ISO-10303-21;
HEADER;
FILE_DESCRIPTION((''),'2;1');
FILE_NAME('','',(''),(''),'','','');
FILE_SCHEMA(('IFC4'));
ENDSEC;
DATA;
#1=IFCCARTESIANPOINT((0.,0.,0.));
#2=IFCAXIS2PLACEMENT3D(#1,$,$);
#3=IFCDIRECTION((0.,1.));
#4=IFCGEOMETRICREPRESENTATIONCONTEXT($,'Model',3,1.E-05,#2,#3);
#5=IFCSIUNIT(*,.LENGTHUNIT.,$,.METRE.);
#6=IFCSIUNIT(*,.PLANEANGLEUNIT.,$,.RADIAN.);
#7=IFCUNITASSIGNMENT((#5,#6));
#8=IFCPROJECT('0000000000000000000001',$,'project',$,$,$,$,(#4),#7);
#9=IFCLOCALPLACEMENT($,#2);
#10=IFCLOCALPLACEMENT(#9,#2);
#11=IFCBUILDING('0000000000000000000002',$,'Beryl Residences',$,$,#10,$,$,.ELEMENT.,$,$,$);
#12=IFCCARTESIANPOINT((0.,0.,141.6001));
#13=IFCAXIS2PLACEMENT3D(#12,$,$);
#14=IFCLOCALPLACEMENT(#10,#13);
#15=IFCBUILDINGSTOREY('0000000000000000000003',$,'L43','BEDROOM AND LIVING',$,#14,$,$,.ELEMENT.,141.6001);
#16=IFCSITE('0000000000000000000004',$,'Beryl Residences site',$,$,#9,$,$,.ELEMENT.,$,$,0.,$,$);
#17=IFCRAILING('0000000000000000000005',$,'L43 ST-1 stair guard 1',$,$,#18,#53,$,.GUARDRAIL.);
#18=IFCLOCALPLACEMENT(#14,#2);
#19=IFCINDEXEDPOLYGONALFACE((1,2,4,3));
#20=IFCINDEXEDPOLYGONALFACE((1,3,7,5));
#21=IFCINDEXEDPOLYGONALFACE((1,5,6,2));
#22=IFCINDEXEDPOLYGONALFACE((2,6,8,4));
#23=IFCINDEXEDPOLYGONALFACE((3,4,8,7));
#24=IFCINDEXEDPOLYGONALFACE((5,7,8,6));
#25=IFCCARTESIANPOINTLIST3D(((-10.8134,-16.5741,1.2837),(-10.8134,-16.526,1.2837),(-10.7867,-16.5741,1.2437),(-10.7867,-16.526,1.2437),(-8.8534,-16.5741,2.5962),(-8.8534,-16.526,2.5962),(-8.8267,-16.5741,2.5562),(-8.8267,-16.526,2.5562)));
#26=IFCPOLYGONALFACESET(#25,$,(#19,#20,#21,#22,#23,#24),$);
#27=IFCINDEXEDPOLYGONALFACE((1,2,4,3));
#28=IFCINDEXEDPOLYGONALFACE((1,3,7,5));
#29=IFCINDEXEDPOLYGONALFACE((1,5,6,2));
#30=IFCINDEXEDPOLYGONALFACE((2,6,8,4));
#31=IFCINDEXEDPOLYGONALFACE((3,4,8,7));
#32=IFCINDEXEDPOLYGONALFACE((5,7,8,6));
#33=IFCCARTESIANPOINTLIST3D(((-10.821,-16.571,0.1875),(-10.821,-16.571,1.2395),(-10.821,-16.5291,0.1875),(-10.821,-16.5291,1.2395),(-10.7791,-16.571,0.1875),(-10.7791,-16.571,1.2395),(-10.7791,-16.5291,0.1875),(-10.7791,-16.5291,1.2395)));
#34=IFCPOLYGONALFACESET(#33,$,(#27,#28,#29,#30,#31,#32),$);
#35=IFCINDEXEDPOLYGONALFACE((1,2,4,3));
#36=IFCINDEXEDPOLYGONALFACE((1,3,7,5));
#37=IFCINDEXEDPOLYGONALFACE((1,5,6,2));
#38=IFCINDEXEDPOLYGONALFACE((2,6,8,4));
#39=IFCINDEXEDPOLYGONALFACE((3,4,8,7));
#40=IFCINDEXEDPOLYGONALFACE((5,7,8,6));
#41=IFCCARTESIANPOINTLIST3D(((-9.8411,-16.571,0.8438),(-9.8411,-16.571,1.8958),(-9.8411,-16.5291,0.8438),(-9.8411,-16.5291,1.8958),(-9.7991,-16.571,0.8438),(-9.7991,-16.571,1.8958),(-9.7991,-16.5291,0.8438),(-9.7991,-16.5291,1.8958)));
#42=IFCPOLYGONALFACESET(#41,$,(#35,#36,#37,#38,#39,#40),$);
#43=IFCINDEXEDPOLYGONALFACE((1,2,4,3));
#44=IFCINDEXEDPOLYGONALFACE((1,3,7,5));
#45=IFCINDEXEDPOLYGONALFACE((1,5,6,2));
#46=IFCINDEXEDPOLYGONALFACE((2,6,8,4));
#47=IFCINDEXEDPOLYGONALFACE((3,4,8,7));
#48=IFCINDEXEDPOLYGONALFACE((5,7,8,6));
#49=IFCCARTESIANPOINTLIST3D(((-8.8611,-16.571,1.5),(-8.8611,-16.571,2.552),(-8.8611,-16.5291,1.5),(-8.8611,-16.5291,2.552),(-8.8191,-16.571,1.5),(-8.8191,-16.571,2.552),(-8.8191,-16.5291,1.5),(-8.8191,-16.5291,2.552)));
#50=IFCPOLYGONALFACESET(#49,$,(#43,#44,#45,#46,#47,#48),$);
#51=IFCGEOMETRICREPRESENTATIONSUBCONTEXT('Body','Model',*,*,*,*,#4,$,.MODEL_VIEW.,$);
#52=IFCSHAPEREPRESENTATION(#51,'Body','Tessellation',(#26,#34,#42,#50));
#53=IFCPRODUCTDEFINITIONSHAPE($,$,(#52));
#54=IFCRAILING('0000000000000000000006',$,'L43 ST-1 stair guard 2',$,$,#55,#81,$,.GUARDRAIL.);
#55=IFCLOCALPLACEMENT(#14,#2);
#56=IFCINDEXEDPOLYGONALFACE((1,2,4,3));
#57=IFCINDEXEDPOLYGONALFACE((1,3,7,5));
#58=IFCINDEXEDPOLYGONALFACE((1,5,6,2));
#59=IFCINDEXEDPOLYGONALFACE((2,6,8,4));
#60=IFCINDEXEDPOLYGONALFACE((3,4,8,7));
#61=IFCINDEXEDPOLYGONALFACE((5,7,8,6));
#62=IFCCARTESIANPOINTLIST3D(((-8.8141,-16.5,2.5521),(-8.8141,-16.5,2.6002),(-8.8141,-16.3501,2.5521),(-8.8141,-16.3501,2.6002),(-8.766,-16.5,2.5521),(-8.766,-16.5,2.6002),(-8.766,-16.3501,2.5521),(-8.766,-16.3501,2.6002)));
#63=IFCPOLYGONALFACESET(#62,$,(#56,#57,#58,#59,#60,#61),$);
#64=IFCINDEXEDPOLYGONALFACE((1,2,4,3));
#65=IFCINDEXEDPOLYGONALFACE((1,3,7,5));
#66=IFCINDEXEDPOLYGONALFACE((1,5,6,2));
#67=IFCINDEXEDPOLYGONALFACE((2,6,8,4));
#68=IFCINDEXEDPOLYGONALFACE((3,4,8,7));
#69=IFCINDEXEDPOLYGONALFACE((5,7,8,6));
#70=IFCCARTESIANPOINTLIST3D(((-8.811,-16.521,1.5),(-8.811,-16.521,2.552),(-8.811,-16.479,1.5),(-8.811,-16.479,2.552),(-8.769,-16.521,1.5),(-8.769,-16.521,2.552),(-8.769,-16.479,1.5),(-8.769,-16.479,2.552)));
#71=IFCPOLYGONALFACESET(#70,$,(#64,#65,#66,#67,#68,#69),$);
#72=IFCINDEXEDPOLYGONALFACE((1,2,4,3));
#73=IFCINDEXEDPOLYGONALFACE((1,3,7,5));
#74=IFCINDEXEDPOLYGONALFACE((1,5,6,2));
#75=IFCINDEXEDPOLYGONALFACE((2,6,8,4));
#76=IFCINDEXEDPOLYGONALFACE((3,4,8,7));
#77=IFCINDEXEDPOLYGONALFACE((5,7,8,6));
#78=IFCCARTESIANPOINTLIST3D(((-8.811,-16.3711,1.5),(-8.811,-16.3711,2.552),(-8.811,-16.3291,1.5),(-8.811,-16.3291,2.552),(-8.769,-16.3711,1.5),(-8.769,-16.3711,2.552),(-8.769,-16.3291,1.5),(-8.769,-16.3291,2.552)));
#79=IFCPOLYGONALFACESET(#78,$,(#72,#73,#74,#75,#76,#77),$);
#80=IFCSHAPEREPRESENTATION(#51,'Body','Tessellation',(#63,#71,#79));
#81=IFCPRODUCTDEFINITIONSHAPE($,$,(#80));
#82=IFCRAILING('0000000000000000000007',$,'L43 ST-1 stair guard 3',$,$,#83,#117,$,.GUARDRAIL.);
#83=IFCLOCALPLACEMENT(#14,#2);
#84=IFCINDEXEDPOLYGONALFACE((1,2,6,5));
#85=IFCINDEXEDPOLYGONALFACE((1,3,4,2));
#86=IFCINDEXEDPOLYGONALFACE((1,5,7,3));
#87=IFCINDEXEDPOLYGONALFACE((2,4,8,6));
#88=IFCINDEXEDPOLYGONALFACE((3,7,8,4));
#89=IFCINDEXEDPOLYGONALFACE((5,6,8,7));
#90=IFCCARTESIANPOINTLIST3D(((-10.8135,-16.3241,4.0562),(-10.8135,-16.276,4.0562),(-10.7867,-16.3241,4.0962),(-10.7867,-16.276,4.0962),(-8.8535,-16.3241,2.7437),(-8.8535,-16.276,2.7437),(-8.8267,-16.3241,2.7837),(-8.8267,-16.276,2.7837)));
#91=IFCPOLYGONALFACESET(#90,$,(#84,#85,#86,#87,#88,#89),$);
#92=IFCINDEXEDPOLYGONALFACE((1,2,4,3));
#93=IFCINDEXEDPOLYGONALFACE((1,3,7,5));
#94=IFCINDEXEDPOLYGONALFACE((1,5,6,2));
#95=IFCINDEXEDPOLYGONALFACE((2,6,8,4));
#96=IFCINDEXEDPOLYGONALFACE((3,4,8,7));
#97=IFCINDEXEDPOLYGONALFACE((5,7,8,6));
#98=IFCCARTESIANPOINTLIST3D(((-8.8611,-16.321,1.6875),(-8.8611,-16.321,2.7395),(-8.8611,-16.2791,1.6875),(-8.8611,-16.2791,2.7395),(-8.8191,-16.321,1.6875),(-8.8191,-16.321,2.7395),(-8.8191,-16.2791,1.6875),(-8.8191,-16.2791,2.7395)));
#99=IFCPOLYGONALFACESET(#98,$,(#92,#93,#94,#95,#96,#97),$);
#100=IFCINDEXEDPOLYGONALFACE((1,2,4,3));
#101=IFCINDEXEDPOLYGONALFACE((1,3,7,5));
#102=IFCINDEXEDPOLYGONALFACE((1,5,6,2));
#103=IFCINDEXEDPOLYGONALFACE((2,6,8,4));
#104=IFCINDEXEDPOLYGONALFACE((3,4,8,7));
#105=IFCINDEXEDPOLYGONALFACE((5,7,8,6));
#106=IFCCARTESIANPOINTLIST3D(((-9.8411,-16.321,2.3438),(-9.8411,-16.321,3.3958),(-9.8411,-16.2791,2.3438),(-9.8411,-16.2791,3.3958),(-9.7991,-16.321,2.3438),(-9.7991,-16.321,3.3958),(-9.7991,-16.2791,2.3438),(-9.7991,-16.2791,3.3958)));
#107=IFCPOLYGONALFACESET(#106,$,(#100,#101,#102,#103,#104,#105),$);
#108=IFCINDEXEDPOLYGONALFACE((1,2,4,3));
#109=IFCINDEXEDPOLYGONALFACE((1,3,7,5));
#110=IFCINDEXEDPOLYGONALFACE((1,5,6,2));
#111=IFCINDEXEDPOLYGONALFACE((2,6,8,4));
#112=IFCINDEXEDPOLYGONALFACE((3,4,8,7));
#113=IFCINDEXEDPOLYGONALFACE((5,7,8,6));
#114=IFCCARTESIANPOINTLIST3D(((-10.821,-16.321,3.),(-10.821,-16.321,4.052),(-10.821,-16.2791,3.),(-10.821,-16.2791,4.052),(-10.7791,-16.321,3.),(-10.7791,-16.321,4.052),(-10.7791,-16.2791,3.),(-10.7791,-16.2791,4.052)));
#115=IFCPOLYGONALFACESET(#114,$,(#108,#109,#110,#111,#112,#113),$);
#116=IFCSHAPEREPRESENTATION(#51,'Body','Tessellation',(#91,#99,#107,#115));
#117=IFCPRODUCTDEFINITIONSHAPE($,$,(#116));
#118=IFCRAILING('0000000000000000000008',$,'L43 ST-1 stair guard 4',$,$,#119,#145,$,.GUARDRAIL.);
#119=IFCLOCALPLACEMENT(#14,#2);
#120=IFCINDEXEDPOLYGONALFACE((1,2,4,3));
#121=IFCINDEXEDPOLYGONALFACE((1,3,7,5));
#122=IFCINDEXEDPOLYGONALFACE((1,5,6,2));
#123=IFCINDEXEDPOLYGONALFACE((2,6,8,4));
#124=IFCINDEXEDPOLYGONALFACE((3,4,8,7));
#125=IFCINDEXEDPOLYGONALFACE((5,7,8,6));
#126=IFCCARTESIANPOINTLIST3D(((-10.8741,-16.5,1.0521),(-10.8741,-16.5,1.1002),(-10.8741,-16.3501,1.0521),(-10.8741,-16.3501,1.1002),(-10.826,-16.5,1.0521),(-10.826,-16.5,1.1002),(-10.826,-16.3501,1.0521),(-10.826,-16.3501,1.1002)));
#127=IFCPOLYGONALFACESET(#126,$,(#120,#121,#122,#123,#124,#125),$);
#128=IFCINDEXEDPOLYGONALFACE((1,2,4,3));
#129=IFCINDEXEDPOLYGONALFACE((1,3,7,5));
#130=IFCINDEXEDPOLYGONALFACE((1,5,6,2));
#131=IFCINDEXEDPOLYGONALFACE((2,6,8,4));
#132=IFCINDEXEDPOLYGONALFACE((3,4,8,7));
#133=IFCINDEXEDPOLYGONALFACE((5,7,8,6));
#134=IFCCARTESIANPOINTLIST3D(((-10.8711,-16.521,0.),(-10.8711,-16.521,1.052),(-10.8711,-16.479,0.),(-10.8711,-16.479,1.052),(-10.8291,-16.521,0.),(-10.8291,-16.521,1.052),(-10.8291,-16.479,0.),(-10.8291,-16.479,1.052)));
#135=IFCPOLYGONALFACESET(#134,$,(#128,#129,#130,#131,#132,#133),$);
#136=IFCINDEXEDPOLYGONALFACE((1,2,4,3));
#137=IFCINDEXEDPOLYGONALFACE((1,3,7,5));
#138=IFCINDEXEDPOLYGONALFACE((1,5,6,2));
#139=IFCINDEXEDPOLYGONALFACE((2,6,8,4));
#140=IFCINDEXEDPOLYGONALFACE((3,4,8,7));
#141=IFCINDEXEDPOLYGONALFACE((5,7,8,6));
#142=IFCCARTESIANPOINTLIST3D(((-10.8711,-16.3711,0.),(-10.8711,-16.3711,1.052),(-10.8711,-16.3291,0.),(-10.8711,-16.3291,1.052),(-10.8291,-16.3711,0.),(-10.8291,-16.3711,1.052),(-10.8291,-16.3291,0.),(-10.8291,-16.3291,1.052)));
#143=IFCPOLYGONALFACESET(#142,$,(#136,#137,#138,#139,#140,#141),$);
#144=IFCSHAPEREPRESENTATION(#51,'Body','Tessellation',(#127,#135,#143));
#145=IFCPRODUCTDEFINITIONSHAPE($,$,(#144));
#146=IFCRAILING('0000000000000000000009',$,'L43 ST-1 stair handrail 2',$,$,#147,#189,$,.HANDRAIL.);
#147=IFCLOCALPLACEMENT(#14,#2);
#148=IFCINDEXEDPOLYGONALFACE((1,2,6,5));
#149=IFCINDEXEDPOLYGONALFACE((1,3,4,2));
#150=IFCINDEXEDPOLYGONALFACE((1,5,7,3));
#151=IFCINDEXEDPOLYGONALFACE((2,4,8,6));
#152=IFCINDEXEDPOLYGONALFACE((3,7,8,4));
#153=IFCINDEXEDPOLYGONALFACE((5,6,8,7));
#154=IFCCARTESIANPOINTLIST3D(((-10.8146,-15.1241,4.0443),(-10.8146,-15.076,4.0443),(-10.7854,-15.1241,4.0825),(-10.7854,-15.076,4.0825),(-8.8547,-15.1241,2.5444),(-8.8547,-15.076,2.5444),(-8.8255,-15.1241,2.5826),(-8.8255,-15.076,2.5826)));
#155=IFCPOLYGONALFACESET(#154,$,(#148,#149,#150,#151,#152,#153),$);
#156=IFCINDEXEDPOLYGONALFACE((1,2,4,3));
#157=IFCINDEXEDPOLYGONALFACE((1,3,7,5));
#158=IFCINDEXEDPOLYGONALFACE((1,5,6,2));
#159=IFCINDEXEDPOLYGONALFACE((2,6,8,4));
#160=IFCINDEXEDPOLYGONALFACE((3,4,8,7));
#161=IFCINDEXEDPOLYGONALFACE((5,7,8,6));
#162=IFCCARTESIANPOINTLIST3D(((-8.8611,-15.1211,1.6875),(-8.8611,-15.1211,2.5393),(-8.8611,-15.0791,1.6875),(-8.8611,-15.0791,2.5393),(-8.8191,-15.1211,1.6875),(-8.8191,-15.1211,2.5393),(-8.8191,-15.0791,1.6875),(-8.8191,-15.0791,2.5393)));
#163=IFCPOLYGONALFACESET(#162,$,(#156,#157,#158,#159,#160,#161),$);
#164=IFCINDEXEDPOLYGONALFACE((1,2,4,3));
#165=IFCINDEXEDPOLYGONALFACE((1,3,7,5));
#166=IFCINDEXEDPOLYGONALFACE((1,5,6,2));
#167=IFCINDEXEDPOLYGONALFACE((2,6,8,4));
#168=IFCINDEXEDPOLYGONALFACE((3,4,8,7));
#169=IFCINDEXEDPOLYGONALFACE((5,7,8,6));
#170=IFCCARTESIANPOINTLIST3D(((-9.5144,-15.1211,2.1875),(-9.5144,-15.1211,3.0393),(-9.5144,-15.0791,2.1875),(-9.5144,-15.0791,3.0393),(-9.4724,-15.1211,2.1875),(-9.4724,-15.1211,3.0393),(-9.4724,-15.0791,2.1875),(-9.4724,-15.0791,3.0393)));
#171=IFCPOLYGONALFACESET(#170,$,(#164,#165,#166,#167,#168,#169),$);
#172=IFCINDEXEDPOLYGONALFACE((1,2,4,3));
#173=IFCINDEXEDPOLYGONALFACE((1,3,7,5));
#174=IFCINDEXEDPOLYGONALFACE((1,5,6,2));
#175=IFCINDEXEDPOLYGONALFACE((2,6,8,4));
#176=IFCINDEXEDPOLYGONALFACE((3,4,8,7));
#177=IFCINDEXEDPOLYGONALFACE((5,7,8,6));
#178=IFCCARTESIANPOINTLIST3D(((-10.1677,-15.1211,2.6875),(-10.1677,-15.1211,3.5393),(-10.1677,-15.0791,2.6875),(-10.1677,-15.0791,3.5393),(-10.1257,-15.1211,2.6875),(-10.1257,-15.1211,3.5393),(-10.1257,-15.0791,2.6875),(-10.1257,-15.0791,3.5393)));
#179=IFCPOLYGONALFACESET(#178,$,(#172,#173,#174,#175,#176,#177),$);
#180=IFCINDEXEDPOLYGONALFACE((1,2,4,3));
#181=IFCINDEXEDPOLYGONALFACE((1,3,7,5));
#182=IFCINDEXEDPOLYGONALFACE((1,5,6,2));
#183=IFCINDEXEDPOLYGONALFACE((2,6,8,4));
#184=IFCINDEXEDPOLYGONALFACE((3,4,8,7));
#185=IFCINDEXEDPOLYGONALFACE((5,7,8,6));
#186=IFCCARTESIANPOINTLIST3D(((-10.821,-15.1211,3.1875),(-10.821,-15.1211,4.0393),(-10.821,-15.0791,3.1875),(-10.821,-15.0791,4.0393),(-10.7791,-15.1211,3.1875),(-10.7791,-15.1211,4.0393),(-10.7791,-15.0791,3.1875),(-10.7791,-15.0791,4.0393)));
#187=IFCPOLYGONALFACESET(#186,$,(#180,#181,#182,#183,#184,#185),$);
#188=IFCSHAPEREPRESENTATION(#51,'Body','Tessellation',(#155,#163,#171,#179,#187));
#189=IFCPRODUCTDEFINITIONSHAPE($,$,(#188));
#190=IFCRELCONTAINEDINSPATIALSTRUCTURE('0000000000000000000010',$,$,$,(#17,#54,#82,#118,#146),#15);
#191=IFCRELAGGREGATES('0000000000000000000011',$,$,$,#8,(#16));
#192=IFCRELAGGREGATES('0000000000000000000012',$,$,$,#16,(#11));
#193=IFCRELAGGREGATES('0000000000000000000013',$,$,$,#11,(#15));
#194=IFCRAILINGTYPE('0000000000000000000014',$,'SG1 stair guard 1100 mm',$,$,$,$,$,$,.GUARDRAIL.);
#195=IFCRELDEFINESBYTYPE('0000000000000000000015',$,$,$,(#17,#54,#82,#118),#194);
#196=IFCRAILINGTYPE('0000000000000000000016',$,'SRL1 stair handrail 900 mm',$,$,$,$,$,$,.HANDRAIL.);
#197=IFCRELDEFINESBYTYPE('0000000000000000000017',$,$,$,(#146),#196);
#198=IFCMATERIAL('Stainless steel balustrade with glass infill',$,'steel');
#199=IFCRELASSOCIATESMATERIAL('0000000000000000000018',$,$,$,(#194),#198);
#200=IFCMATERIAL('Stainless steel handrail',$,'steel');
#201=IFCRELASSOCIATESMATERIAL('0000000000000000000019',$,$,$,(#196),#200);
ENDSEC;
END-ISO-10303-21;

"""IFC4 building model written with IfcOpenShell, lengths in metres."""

from ifc_helpers import new_model, si_unit, direction, frame, origin, origin_2d, place, context, subcontext, project, spatial, rectangle, extrude, material, type_object, element, save


model = new_model("IFC4")

# Units and contexts
model_context = context("Model", 3, precision=1e-05, world=origin(), true_north=direction((0.0, 1.0)))
body_context = subcontext(model_context, "Body", "Model", "MODEL_VIEW")
ifc_project = project(units=[si_unit("LENGTHUNIT", "METRE"), si_unit("PLANEANGLEUNIT", "RADIAN")], contexts=[model_context])

# Site, building, storey
site_placement = place(None, origin())
site = spatial("IfcSite", under=ifc_project, at=site_placement, Name="Beryl Residences site", CompositionType="ELEMENT", RefElevation=0.0)
building_placement = place(site_placement, origin())
building = spatial("IfcBuilding", under=site, at=building_placement, Name="Beryl Residences", CompositionType="ELEMENT")
storey_placement = place(building_placement, frame((0.0, 0.0, 141.6001)))
storey = spatial("IfcBuildingStorey", under=building, at=storey_placement, Name="L43", Description="BEDROOM AND LIVING", CompositionType="ELEMENT", Elevation=141.6001)

# Railings
ifc_material_1 = material(Name="Stainless steel balustrade with glass infill", Category="steel")
railing_type_1 = type_object("IfcRailingType", Name="SG1 stair guard 1100 mm", PredefinedType="GUARDRAIL", material=ifc_material_1)
railing_1_placement = place(storey_placement, frame((-10.8, -16.55, 0.1875)))
element("IfcRailing", 1, at=railing_1_placement, inside=storey, type_object=railing_type_1, Name="L43 ST-1 stair guard 1", PredefinedType="GUARDRAIL", context=body_context, shape_type="SweptSolid", body=[
    extrude(rectangle(XDim=0.0481, YDim=0.0481, at=origin_2d()), frame((0.0, 0.0, 1.0762), z_axis=(0.830902, 0.0, 0.556419), x_axis=(0.0, 1.0, 0.0)), (0.0, 0.0, 1.0), 2.3589),
    extrude(rectangle(XDim=0.042, YDim=0.042, at=origin_2d()), origin(), (0.0, 0.0, 1.0), 1.052),
    extrude(rectangle(XDim=0.042, YDim=0.042, at=origin_2d()), frame((0.98, 0.0, 0.6562)), (0.0, 0.0, 1.0), 1.052),
    extrude(rectangle(XDim=0.042, YDim=0.042, at=origin_2d()), frame((1.96, 0.0, 1.3125)), (0.0, 0.0, 1.0), 1.052),
])
railing_2_placement = place(storey_placement, frame((-8.79, -16.5, 1.5)))
element("IfcRailing", 2, at=railing_2_placement, inside=storey, type_object=railing_type_1, Name="L43 ST-1 stair guard 2", PredefinedType="GUARDRAIL", context=body_context, shape_type="SweptSolid", body=[
    extrude(rectangle(XDim=0.0481, YDim=0.0481, at=origin_2d()), frame((0.0, 0.0, 1.0762), z_axis=(0.0, 1.0, 0.0), x_axis=(-1.0, 0.0, 0.0)), (0.0, 0.0, 1.0), 0.1499),
    extrude(rectangle(XDim=0.042, YDim=0.042, at=origin_2d()), origin(), (0.0, 0.0, 1.0), 1.052),
    extrude(rectangle(XDim=0.042, YDim=0.042, at=origin_2d()), frame((0.0, 0.1499, 0.0)), (0.0, 0.0, 1.0), 1.052),
])
railing_3_placement = place(storey_placement, frame((-8.8401, -16.3, 1.6875)))
element("IfcRailing", 3, at=railing_3_placement, inside=storey, type_object=railing_type_1, Name="L43 ST-1 stair guard 3", PredefinedType="GUARDRAIL", context=body_context, shape_type="SweptSolid", body=[
    extrude(rectangle(XDim=0.0481, YDim=0.0481, at=origin_2d()), frame((0.0, 0.0, 1.0762), z_axis=(-0.830902, 0.0, 0.556419), x_axis=(0.0, -1.0, 0.0)), (0.0, 0.0, 1.0), 2.3589),
    extrude(rectangle(XDim=0.042, YDim=0.042, at=origin_2d()), origin(), (0.0, 0.0, 1.0), 1.052),
    extrude(rectangle(XDim=0.042, YDim=0.042, at=origin_2d()), frame((-0.98, 0.0, 0.6562)), (0.0, 0.0, 1.0), 1.052),
    extrude(rectangle(XDim=0.042, YDim=0.042, at=origin_2d()), frame((-1.96, 0.0, 1.3125)), (0.0, 0.0, 1.0), 1.052),
])
railing_4_placement = place(storey_placement, frame((-10.8501, -16.5, 0.0)))
element("IfcRailing", 4, at=railing_4_placement, inside=storey, type_object=railing_type_1, Name="L43 ST-1 stair guard 4", PredefinedType="GUARDRAIL", context=body_context, shape_type="SweptSolid", body=[
    extrude(rectangle(XDim=0.0481, YDim=0.0481, at=origin_2d()), frame((0.0, 0.0, 1.0762), z_axis=(0.0, 1.0, 0.0), x_axis=(-1.0, 0.0, 0.0)), (0.0, 0.0, 1.0), 0.1499),
    extrude(rectangle(XDim=0.042, YDim=0.042, at=origin_2d()), origin(), (0.0, 0.0, 1.0), 1.052),
    extrude(rectangle(XDim=0.042, YDim=0.042, at=origin_2d()), frame((0.0, 0.1499, 0.0)), (0.0, 0.0, 1.0), 1.052),
])
ifc_material_2 = material(Name="Stainless steel handrail", Category="steel")
railing_type_2 = type_object("IfcRailingType", Name="SRL1 stair handrail 900 mm", PredefinedType="HANDRAIL", material=ifc_material_2)
railing_5_placement = place(storey_placement, frame((-8.8401, -15.1001, 1.6875)))
element("IfcRailing", 5, at=railing_5_placement, inside=storey, type_object=railing_type_2, Name="L43 ST-1 stair handrail 2", PredefinedType="HANDRAIL", context=body_context, shape_type="SweptSolid", body=[
    extrude(rectangle(XDim=0.0481, YDim=0.0481, at=origin_2d()), frame((0.0, 0.0, 0.876), z_axis=(-0.794122, 0.0, 0.607758), x_axis=(0.0, -1.0, 0.0)), (0.0, 0.0, 1.0), 2.468),
    extrude(rectangle(XDim=0.042, YDim=0.042, at=origin_2d()), origin(), (0.0, 0.0, 1.0), 0.8518),
    extrude(rectangle(XDim=0.042, YDim=0.042, at=origin_2d()), frame((-0.6533, 0.0, 0.5)), (0.0, 0.0, 1.0), 0.8518),
    extrude(rectangle(XDim=0.042, YDim=0.042, at=origin_2d()), frame((-1.3066, 0.0, 1.0)), (0.0, 0.0, 1.0), 0.8518),
    extrude(rectangle(XDim=0.042, YDim=0.042, at=origin_2d()), frame((-1.96, 0.0, 1.5)), (0.0, 0.0, 1.0), 0.8518),
])

save(model, "model.ifc")
